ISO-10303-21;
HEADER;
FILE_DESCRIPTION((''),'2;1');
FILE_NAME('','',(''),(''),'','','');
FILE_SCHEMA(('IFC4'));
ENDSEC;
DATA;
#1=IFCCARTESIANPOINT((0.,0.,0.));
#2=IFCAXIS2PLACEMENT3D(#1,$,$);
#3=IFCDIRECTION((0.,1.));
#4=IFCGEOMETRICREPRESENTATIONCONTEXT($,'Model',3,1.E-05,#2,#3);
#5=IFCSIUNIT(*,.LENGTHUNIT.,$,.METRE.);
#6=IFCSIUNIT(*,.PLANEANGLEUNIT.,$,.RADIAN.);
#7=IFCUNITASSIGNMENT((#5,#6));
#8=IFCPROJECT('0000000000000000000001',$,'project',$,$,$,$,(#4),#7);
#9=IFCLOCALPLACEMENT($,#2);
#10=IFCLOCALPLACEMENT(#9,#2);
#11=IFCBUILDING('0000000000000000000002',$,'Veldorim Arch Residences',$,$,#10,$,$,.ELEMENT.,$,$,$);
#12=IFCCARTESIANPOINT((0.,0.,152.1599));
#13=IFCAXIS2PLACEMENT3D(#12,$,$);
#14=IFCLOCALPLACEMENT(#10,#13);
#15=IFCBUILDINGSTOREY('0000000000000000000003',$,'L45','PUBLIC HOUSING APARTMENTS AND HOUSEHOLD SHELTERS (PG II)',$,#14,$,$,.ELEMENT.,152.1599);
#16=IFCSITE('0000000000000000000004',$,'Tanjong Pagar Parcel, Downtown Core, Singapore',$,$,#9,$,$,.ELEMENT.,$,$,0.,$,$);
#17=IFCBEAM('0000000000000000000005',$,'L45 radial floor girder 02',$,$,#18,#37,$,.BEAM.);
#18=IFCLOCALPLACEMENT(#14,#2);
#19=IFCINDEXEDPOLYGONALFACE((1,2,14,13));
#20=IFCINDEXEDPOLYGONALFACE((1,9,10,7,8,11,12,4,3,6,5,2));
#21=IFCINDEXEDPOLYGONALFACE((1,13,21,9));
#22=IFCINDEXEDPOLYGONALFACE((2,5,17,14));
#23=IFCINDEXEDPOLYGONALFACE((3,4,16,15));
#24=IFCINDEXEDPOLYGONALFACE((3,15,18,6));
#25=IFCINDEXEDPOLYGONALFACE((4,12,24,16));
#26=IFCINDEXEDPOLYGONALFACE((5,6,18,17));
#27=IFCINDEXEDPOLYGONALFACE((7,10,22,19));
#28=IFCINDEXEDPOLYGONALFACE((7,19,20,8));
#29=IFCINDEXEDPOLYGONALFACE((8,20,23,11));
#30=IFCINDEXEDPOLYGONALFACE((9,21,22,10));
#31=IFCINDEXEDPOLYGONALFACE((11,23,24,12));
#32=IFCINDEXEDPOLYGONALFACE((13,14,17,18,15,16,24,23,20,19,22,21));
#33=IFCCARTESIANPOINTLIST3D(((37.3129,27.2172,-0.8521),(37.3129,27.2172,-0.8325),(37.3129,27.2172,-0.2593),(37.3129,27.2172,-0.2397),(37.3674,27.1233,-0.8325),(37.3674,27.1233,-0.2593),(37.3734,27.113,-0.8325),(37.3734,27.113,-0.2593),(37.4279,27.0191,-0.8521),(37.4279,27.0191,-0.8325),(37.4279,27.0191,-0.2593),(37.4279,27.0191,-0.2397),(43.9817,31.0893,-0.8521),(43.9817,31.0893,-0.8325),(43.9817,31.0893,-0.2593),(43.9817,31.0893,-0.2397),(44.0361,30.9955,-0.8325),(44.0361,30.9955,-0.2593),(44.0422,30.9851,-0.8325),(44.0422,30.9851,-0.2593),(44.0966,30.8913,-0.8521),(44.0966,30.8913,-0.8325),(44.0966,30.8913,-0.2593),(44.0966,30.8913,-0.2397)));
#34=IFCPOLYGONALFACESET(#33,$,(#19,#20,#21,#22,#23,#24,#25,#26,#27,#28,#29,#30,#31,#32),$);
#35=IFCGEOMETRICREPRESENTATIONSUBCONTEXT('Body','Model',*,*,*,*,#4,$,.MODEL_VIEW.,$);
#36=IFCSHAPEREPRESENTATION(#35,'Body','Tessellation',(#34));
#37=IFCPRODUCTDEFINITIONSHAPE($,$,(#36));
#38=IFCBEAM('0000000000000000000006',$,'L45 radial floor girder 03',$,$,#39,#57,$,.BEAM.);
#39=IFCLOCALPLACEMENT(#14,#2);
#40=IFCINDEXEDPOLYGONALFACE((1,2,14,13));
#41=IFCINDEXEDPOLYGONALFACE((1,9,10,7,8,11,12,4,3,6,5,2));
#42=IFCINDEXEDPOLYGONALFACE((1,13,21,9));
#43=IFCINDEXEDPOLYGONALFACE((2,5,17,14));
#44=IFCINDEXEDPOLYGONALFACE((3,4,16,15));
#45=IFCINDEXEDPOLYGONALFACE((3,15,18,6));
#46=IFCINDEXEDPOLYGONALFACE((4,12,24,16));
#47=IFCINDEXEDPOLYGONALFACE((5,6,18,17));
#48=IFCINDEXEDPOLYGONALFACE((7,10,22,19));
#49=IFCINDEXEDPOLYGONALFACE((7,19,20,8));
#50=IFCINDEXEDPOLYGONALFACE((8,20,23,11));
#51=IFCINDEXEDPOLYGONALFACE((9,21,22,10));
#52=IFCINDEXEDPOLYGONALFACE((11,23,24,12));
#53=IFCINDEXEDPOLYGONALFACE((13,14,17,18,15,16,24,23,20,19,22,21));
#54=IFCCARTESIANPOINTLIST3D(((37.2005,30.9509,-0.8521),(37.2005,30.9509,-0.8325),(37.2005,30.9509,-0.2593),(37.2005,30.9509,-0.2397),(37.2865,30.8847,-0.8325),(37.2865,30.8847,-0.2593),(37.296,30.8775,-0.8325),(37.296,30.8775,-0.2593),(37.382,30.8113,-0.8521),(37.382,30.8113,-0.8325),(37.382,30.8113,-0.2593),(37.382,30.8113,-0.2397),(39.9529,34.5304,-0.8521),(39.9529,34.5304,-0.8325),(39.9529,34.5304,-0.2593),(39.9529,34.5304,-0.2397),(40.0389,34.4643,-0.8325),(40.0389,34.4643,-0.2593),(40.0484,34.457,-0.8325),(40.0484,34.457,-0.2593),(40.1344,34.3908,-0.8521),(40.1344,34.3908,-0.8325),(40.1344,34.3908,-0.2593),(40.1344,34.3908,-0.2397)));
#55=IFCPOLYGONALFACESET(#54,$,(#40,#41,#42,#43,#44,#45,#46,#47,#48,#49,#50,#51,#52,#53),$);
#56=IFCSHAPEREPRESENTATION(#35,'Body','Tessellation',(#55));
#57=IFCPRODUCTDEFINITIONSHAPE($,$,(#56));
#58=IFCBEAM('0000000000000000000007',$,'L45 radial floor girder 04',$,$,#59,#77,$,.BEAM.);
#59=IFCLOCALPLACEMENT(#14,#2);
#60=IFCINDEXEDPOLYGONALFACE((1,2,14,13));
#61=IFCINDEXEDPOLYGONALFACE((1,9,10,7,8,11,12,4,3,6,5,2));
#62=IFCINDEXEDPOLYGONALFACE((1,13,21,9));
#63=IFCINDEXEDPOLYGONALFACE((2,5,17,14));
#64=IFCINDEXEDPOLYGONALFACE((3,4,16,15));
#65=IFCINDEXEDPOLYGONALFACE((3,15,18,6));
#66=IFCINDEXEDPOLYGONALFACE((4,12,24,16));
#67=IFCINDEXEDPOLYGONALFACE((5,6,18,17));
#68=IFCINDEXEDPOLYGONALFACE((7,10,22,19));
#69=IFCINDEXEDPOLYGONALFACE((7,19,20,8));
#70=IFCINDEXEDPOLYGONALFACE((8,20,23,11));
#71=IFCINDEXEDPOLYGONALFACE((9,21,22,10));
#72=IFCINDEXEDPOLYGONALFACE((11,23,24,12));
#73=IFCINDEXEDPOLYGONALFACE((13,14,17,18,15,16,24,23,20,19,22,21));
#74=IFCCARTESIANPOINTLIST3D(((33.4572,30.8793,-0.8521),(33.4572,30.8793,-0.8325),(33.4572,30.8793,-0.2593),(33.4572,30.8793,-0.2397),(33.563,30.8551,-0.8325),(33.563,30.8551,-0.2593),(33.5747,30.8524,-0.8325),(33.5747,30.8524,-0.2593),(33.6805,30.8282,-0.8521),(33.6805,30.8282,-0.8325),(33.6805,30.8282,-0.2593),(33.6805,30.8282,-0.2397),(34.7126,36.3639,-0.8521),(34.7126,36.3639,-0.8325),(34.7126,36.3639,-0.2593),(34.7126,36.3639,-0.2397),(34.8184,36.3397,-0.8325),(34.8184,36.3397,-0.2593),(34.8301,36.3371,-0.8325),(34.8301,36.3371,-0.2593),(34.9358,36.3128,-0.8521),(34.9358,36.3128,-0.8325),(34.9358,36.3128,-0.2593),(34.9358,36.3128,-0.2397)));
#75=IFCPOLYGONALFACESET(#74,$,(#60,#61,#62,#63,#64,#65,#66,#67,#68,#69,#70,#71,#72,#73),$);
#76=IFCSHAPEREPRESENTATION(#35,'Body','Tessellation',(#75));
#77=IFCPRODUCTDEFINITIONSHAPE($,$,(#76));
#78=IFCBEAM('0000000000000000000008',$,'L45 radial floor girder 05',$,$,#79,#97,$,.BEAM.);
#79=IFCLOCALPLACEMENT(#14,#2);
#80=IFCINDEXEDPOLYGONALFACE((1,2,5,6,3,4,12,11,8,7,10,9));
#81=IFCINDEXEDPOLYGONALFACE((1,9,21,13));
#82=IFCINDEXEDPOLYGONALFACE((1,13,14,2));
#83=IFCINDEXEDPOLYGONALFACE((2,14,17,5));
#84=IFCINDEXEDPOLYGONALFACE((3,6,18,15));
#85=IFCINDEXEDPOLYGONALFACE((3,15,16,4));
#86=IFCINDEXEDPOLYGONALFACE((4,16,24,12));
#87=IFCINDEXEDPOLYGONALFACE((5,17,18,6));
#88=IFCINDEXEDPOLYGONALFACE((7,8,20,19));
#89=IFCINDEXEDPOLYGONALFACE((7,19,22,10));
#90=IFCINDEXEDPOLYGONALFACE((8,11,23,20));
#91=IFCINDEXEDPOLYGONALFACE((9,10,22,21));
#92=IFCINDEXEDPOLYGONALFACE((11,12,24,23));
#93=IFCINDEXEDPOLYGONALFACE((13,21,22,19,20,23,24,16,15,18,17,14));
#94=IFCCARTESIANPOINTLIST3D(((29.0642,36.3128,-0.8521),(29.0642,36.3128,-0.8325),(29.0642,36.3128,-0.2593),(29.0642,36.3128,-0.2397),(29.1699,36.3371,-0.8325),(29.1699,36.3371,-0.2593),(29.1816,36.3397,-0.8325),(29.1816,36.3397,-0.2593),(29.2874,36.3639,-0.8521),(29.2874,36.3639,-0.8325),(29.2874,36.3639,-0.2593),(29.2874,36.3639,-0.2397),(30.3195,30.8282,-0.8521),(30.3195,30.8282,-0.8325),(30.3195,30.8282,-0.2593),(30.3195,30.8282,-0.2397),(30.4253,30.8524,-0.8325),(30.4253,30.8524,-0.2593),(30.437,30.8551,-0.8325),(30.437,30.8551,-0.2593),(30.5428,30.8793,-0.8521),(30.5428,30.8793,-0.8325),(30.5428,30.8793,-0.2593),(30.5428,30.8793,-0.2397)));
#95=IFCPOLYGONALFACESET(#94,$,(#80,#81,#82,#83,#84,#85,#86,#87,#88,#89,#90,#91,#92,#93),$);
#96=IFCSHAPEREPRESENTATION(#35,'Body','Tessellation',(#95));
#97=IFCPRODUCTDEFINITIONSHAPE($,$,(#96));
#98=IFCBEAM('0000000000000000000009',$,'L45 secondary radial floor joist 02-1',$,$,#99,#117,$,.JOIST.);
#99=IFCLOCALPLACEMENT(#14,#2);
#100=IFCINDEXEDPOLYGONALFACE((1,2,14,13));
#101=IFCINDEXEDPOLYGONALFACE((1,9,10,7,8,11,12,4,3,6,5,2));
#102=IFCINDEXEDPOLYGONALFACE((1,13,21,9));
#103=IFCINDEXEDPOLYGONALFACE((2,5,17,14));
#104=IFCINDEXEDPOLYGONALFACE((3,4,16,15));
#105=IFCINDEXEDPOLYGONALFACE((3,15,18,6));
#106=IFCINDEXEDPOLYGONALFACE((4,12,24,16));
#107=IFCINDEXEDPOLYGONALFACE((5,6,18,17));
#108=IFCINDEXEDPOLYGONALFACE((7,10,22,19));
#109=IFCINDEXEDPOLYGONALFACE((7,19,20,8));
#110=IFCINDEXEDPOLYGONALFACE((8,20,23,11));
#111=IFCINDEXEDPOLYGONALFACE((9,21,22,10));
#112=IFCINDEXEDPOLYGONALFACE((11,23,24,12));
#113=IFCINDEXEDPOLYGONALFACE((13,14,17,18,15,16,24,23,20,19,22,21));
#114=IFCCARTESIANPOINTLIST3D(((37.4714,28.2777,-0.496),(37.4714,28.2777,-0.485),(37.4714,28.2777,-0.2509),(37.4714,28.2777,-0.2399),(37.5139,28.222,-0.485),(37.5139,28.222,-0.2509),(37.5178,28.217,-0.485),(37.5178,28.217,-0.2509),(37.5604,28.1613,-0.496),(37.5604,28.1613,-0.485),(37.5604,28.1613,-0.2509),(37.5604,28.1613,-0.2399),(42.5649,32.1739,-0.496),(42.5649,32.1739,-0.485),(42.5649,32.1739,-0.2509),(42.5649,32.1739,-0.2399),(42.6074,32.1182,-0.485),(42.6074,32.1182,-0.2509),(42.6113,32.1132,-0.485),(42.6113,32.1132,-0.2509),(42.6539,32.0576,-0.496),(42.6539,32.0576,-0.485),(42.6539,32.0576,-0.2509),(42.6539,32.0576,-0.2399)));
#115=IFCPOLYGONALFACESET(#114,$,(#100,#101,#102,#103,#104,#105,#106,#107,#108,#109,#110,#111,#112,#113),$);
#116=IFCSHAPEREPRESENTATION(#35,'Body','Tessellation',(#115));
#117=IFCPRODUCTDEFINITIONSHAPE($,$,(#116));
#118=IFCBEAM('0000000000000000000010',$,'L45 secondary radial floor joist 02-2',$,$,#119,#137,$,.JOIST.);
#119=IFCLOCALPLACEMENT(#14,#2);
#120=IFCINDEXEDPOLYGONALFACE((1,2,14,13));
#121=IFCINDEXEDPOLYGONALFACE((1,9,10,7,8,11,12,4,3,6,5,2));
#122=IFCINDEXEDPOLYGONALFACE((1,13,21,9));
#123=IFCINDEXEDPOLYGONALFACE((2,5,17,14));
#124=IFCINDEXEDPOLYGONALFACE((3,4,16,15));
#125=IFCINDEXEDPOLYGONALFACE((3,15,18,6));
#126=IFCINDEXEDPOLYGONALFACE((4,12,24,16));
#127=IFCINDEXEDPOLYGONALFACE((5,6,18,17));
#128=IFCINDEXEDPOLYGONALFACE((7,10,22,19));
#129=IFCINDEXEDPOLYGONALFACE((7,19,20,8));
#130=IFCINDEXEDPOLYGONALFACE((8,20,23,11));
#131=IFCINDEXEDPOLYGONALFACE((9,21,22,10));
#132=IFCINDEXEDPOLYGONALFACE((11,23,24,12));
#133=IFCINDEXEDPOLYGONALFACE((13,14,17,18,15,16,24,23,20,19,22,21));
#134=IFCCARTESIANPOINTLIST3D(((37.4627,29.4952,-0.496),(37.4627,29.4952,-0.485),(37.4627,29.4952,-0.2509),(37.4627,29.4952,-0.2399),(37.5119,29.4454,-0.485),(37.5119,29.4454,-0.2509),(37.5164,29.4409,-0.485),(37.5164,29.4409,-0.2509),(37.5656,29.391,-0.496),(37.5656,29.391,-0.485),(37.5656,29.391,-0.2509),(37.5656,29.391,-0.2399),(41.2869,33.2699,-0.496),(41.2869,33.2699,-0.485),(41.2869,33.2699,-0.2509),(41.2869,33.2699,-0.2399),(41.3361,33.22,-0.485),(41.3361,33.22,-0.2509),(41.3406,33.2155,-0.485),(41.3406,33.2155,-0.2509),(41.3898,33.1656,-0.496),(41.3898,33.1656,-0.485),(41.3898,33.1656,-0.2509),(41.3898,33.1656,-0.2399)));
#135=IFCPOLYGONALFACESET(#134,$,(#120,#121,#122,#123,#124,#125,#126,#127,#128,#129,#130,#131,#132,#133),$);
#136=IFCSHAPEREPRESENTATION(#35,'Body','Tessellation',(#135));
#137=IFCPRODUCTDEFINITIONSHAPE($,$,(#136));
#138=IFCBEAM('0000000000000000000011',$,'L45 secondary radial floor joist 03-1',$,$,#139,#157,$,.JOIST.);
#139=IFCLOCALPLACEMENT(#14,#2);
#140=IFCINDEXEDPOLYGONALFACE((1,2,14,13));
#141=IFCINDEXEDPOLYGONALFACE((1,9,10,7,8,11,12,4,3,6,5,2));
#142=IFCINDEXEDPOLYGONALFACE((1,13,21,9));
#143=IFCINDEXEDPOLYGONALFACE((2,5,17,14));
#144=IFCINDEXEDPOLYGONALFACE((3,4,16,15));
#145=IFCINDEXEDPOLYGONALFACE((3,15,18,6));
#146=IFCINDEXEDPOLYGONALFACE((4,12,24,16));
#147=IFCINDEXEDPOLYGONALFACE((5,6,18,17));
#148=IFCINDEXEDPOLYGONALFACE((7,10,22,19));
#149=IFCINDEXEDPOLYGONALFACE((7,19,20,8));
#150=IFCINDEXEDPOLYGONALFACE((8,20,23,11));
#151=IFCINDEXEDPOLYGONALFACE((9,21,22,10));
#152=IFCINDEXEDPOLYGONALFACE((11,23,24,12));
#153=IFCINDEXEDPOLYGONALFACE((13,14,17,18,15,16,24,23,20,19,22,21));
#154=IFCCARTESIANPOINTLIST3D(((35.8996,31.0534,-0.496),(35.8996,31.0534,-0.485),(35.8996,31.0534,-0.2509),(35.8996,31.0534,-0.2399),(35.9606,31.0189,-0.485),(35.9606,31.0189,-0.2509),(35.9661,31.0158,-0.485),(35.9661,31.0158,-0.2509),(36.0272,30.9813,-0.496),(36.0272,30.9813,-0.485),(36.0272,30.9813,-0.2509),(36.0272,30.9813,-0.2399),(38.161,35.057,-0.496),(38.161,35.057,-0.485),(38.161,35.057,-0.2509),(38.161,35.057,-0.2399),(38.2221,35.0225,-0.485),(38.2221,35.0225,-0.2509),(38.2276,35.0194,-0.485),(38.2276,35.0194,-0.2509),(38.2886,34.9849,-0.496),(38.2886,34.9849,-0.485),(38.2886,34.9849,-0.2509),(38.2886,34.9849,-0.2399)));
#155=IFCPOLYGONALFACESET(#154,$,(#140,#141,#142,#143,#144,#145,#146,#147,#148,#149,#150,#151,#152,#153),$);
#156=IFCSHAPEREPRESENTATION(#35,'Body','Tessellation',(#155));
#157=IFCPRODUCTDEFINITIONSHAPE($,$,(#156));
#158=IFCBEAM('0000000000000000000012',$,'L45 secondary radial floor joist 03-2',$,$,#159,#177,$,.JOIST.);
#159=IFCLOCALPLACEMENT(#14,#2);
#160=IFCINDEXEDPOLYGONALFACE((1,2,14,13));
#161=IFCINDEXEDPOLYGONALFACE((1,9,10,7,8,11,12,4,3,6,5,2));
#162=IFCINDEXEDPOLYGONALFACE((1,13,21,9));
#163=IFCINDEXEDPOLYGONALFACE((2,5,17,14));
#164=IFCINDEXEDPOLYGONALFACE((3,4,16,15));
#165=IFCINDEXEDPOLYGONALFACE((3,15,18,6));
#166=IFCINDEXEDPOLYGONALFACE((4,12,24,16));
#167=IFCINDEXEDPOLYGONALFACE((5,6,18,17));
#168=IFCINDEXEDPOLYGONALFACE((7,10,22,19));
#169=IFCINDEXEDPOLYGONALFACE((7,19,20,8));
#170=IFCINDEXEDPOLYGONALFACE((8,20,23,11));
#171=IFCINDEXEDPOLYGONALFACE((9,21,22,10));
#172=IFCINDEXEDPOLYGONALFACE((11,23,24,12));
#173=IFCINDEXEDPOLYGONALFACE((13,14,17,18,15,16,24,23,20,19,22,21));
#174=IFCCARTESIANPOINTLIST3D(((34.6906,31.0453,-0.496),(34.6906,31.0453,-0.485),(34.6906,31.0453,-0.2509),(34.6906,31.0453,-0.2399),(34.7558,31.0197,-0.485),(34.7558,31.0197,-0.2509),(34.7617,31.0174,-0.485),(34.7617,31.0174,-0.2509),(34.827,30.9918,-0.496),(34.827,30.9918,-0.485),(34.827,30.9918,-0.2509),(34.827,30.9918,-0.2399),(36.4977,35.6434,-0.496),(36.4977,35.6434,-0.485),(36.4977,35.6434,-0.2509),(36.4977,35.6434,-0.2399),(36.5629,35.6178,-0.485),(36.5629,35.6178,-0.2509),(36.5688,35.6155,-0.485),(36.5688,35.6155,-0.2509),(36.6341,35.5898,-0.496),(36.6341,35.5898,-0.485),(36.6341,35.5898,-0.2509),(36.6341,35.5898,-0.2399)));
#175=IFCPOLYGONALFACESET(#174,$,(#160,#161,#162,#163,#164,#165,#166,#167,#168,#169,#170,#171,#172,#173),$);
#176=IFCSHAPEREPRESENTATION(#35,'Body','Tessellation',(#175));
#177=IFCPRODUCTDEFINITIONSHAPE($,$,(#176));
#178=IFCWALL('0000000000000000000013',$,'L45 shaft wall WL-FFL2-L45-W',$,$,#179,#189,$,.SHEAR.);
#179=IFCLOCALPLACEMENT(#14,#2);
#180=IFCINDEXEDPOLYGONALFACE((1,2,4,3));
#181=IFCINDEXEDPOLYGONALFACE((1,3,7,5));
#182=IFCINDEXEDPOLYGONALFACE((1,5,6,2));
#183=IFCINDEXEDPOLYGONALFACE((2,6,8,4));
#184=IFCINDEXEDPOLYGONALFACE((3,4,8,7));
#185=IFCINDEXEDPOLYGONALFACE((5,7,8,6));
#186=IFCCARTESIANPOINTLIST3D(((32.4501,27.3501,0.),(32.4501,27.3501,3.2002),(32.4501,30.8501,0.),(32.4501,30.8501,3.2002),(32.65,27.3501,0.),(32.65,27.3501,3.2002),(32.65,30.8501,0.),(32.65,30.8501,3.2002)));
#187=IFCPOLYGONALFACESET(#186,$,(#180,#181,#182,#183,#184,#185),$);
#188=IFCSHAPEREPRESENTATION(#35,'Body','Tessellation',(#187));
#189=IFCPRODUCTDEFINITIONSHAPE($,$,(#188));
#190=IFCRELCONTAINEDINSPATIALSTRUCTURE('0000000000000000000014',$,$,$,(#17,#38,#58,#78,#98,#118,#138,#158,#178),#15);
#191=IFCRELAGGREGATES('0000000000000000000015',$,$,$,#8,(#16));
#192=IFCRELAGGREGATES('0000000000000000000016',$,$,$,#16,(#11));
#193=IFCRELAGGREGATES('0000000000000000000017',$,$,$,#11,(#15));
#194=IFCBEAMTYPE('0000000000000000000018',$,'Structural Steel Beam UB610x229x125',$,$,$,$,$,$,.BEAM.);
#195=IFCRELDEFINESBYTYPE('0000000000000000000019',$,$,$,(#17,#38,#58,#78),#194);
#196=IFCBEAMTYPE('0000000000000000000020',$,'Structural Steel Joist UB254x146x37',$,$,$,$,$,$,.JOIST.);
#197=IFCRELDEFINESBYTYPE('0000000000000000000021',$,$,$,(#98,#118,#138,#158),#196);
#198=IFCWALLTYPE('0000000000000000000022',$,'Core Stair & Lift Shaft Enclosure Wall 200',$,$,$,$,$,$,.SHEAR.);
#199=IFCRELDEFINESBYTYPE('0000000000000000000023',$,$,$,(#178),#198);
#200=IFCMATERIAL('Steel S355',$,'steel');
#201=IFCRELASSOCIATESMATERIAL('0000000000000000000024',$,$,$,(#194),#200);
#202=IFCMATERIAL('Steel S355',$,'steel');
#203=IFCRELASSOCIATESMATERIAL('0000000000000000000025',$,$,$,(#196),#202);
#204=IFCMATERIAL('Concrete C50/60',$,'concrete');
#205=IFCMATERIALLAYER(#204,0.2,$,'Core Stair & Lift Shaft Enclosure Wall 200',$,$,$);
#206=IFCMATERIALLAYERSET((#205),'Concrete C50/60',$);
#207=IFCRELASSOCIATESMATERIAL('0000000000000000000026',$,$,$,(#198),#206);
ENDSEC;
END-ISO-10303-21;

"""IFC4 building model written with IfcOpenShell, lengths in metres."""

from ifc_helpers import new_model, si_unit, direction, frame, frame_2d, origin, origin_2d, place, context, subcontext, project, spatial, rectangle, i_section, extrude, material, layer, layer_set, material_profile, profile_set, type_object, element, save


model = new_model("IFC4")

# Units and contexts
model_context = context("Model", 3, precision=1e-05, world=origin(), true_north=direction((0.0, 1.0)))
body_context = subcontext(model_context, "Body", "Model", "MODEL_VIEW")
ifc_project = project(units=[si_unit("LENGTHUNIT", "METRE"), si_unit("PLANEANGLEUNIT", "RADIAN")], contexts=[model_context])

# Site, building, storey
site_placement = place(None, origin())
site = spatial("IfcSite", under=ifc_project, at=site_placement, Name="Tanjong Pagar Parcel, Downtown Core, Singapore", CompositionType="ELEMENT", RefElevation=0.0)
building_placement = place(site_placement, origin())
building = spatial("IfcBuilding", under=site, at=building_placement, Name="Veldorim Arch Residences", CompositionType="ELEMENT")
storey_placement = place(building_placement, frame((0.0, 0.0, 152.1599)))
storey = spatial("IfcBuildingStorey", under=building, at=storey_placement, Name="L45", Description="PUBLIC HOUSING APARTMENTS AND HOUSEHOLD SHELTERS (PG II)", CompositionType="ELEMENT", Elevation=152.1599)

# Beams
ifc_material_1 = material(Name="Steel S355", Category="steel")
ifc_material_profile_1 = material_profile(ifc_material_1, i_section(OverallWidth=0.229, OverallDepth=0.6123, WebThickness=0.012, FlangeThickness=0.0195, at=origin_2d()), Name="UB610x229x125")
ifc_profile_set_1 = profile_set([ifc_material_profile_1], Name="Steel S355")
beam_type_1 = type_object("IfcBeamType", Name="Structural Steel Beam UB610x229x125", PredefinedType="BEAM", material=ifc_profile_set_1)
beam_1_placement = place(storey_placement, frame((37.3704, 27.1182, -0.5459), z_axis=(0.864793, 0.502128, 0.0), x_axis=(-0.502128, 0.864793, 0.0)))
element("IfcBeam", 1, at=beam_1_placement, inside=storey, type_object=beam_type_1, Name="L45 radial floor girder 02", PredefinedType="BEAM", context=body_context, shape_type="SweptSolid", body=[
    extrude(i_section(OverallWidth=0.229, OverallDepth=0.6123, WebThickness=0.012, FlangeThickness=0.0195, at=origin_2d()), origin(), (0.0, 0.0, 1.0), 7.7114),
])
beam_2_placement = place(storey_placement, frame((37.2913, 30.8811, -0.5459), z_axis=(0.609559, 0.792741, 0.0), x_axis=(-0.792741, 0.609559, 0.0)))
element("IfcBeam", 2, at=beam_2_placement, inside=storey, type_object=beam_type_1, Name="L45 radial floor girder 03", PredefinedType="BEAM", context=body_context, shape_type="SweptSolid", body=[
    extrude(i_section(OverallWidth=0.229, OverallDepth=0.6123, WebThickness=0.012, FlangeThickness=0.0195, at=origin_2d()), origin(), (0.0, 0.0, 1.0), 4.5154),
])
for number, where, z_axis, x_axis, name in (
    (3, (33.5688, 30.8538, -0.5459), (0.223119, 0.974791, 0.0), (-0.974791, 0.223119, 0.0), "L45 radial floor girder 04"),
    (4, (30.4312, 30.8538, -0.5459), (-0.223119, 0.974791, 0.0), (-0.974791, -0.223119, 0.0), "L45 radial floor girder 05"),
):
    element("IfcBeam", number, at=place(storey_placement, frame(where, z_axis=z_axis, x_axis=x_axis)), inside=storey, type_object=beam_type_1, Name=name, PredefinedType="BEAM", context=body_context, shape_type="SweptSolid", body=[
        extrude(i_section(OverallWidth=0.229, OverallDepth=0.6123, WebThickness=0.012, FlangeThickness=0.0195, at=origin_2d()), origin(), (0.0, 0.0, 1.0), 5.6265),
    ])
ifc_material_2 = material(Name="Steel S355", Category="steel")
ifc_material_profile_2 = material_profile(ifc_material_2, i_section(OverallWidth=0.1465, OverallDepth=0.2561, WebThickness=0.0063, FlangeThickness=0.011, at=origin_2d()), Name="UB254x146x37")
ifc_profile_set_2 = profile_set([ifc_material_profile_2], Name="Steel S355")
beam_type_2 = type_object("IfcBeamType", Name="Structural Steel Joist UB254x146x37", PredefinedType="JOIST", material=ifc_profile_set_2)
beam_3_placement = place(storey_placement, frame((37.5159, 28.2195, -0.3679), z_axis=(0.794267, 0.607569, 0.0), x_axis=(-0.607569, 0.794267, 0.0)))
element("IfcBeam", 5, at=beam_3_placement, inside=storey, type_object=beam_type_2, Name="L45 secondary radial floor joist 02-1", PredefinedType="JOIST", context=body_context, shape_type="SweptSolid", body=[
    extrude(i_section(OverallWidth=0.1465, OverallDepth=0.2561, WebThickness=0.0063, FlangeThickness=0.011, at=origin_2d()), origin(), (0.0, 0.0, 1.0), 6.4128),
])
beam_4_placement = place(storey_placement, frame((37.5142, 29.4431, -0.3679), z_axis=(0.711703, 0.70248, 0.0), x_axis=(-0.70248, 0.711703, 0.0)))
element("IfcBeam", 6, at=beam_4_placement, inside=storey, type_object=beam_type_2, Name="L45 secondary radial floor joist 02-2", PredefinedType="JOIST", context=body_context, shape_type="SweptSolid", body=[
    extrude(i_section(OverallWidth=0.1465, OverallDepth=0.2561, WebThickness=0.0063, FlangeThickness=0.011, at=origin_2d()), origin(), (0.0, 0.0, 1.0), 5.3733),
])
beam_5_placement = place(storey_placement, frame((35.9634, 31.0173, -0.3679), z_axis=(0.491816, 0.870699, 0.0), x_axis=(-0.870699, 0.491816, 0.0)))
element("IfcBeam", 7, at=beam_5_placement, inside=storey, type_object=beam_type_2, Name="L45 secondary radial floor joist 03-1", PredefinedType="JOIST", context=body_context, shape_type="SweptSolid", body=[
    extrude(i_section(OverallWidth=0.1465, OverallDepth=0.2561, WebThickness=0.0063, FlangeThickness=0.011, at=origin_2d()), origin(), (0.0, 0.0, 1.0), 4.5981),
])
beam_6_placement = place(storey_placement, frame((34.7588, 31.0186, -0.3679), z_axis=(0.365778, 0.930702, 0.0), x_axis=(-0.930702, 0.365778, 0.0)))
element("IfcBeam", 8, at=beam_6_placement, inside=storey, type_object=beam_type_2, Name="L45 secondary radial floor joist 03-2", PredefinedType="JOIST", context=body_context, shape_type="SweptSolid", body=[
    extrude(i_section(OverallWidth=0.1465, OverallDepth=0.2561, WebThickness=0.0063, FlangeThickness=0.011, at=origin_2d()), origin(), (0.0, 0.0, 1.0), 4.9404),
])

# Shared definitions
ifc_material_3 = material(Name="Concrete C50/60", Category="concrete")
ifc_layer = layer(ifc_material_3, 0.2, Name="Core Stair & Lift Shaft Enclosure Wall 200")
ifc_layer_set = layer_set([ifc_layer], Name="Concrete C50/60")
wall_type = type_object("IfcWallType", Name="Core Stair & Lift Shaft Enclosure Wall 200", PredefinedType="SHEAR", material=ifc_layer_set)

# Wall
wall_1_placement = place(storey_placement, frame((32.55, 27.3501, 0.0), z_axis=(0.0, 0.0, 1.0), x_axis=(0.0, 1.0, 0.0)))
element("IfcWall", 9, at=wall_1_placement, inside=storey, type_object=wall_type, Name="L45 shaft wall WL-FFL2-L45-W", PredefinedType="SHEAR", context=body_context, shape_type="SweptSolid", body=[
    extrude(rectangle(XDim=3.5, YDim=0.2, at=frame_2d((1.75, 0.0))), origin(), (0.0, 0.0, 1.0), 3.2002),
])

save(model, "model.ifc")
